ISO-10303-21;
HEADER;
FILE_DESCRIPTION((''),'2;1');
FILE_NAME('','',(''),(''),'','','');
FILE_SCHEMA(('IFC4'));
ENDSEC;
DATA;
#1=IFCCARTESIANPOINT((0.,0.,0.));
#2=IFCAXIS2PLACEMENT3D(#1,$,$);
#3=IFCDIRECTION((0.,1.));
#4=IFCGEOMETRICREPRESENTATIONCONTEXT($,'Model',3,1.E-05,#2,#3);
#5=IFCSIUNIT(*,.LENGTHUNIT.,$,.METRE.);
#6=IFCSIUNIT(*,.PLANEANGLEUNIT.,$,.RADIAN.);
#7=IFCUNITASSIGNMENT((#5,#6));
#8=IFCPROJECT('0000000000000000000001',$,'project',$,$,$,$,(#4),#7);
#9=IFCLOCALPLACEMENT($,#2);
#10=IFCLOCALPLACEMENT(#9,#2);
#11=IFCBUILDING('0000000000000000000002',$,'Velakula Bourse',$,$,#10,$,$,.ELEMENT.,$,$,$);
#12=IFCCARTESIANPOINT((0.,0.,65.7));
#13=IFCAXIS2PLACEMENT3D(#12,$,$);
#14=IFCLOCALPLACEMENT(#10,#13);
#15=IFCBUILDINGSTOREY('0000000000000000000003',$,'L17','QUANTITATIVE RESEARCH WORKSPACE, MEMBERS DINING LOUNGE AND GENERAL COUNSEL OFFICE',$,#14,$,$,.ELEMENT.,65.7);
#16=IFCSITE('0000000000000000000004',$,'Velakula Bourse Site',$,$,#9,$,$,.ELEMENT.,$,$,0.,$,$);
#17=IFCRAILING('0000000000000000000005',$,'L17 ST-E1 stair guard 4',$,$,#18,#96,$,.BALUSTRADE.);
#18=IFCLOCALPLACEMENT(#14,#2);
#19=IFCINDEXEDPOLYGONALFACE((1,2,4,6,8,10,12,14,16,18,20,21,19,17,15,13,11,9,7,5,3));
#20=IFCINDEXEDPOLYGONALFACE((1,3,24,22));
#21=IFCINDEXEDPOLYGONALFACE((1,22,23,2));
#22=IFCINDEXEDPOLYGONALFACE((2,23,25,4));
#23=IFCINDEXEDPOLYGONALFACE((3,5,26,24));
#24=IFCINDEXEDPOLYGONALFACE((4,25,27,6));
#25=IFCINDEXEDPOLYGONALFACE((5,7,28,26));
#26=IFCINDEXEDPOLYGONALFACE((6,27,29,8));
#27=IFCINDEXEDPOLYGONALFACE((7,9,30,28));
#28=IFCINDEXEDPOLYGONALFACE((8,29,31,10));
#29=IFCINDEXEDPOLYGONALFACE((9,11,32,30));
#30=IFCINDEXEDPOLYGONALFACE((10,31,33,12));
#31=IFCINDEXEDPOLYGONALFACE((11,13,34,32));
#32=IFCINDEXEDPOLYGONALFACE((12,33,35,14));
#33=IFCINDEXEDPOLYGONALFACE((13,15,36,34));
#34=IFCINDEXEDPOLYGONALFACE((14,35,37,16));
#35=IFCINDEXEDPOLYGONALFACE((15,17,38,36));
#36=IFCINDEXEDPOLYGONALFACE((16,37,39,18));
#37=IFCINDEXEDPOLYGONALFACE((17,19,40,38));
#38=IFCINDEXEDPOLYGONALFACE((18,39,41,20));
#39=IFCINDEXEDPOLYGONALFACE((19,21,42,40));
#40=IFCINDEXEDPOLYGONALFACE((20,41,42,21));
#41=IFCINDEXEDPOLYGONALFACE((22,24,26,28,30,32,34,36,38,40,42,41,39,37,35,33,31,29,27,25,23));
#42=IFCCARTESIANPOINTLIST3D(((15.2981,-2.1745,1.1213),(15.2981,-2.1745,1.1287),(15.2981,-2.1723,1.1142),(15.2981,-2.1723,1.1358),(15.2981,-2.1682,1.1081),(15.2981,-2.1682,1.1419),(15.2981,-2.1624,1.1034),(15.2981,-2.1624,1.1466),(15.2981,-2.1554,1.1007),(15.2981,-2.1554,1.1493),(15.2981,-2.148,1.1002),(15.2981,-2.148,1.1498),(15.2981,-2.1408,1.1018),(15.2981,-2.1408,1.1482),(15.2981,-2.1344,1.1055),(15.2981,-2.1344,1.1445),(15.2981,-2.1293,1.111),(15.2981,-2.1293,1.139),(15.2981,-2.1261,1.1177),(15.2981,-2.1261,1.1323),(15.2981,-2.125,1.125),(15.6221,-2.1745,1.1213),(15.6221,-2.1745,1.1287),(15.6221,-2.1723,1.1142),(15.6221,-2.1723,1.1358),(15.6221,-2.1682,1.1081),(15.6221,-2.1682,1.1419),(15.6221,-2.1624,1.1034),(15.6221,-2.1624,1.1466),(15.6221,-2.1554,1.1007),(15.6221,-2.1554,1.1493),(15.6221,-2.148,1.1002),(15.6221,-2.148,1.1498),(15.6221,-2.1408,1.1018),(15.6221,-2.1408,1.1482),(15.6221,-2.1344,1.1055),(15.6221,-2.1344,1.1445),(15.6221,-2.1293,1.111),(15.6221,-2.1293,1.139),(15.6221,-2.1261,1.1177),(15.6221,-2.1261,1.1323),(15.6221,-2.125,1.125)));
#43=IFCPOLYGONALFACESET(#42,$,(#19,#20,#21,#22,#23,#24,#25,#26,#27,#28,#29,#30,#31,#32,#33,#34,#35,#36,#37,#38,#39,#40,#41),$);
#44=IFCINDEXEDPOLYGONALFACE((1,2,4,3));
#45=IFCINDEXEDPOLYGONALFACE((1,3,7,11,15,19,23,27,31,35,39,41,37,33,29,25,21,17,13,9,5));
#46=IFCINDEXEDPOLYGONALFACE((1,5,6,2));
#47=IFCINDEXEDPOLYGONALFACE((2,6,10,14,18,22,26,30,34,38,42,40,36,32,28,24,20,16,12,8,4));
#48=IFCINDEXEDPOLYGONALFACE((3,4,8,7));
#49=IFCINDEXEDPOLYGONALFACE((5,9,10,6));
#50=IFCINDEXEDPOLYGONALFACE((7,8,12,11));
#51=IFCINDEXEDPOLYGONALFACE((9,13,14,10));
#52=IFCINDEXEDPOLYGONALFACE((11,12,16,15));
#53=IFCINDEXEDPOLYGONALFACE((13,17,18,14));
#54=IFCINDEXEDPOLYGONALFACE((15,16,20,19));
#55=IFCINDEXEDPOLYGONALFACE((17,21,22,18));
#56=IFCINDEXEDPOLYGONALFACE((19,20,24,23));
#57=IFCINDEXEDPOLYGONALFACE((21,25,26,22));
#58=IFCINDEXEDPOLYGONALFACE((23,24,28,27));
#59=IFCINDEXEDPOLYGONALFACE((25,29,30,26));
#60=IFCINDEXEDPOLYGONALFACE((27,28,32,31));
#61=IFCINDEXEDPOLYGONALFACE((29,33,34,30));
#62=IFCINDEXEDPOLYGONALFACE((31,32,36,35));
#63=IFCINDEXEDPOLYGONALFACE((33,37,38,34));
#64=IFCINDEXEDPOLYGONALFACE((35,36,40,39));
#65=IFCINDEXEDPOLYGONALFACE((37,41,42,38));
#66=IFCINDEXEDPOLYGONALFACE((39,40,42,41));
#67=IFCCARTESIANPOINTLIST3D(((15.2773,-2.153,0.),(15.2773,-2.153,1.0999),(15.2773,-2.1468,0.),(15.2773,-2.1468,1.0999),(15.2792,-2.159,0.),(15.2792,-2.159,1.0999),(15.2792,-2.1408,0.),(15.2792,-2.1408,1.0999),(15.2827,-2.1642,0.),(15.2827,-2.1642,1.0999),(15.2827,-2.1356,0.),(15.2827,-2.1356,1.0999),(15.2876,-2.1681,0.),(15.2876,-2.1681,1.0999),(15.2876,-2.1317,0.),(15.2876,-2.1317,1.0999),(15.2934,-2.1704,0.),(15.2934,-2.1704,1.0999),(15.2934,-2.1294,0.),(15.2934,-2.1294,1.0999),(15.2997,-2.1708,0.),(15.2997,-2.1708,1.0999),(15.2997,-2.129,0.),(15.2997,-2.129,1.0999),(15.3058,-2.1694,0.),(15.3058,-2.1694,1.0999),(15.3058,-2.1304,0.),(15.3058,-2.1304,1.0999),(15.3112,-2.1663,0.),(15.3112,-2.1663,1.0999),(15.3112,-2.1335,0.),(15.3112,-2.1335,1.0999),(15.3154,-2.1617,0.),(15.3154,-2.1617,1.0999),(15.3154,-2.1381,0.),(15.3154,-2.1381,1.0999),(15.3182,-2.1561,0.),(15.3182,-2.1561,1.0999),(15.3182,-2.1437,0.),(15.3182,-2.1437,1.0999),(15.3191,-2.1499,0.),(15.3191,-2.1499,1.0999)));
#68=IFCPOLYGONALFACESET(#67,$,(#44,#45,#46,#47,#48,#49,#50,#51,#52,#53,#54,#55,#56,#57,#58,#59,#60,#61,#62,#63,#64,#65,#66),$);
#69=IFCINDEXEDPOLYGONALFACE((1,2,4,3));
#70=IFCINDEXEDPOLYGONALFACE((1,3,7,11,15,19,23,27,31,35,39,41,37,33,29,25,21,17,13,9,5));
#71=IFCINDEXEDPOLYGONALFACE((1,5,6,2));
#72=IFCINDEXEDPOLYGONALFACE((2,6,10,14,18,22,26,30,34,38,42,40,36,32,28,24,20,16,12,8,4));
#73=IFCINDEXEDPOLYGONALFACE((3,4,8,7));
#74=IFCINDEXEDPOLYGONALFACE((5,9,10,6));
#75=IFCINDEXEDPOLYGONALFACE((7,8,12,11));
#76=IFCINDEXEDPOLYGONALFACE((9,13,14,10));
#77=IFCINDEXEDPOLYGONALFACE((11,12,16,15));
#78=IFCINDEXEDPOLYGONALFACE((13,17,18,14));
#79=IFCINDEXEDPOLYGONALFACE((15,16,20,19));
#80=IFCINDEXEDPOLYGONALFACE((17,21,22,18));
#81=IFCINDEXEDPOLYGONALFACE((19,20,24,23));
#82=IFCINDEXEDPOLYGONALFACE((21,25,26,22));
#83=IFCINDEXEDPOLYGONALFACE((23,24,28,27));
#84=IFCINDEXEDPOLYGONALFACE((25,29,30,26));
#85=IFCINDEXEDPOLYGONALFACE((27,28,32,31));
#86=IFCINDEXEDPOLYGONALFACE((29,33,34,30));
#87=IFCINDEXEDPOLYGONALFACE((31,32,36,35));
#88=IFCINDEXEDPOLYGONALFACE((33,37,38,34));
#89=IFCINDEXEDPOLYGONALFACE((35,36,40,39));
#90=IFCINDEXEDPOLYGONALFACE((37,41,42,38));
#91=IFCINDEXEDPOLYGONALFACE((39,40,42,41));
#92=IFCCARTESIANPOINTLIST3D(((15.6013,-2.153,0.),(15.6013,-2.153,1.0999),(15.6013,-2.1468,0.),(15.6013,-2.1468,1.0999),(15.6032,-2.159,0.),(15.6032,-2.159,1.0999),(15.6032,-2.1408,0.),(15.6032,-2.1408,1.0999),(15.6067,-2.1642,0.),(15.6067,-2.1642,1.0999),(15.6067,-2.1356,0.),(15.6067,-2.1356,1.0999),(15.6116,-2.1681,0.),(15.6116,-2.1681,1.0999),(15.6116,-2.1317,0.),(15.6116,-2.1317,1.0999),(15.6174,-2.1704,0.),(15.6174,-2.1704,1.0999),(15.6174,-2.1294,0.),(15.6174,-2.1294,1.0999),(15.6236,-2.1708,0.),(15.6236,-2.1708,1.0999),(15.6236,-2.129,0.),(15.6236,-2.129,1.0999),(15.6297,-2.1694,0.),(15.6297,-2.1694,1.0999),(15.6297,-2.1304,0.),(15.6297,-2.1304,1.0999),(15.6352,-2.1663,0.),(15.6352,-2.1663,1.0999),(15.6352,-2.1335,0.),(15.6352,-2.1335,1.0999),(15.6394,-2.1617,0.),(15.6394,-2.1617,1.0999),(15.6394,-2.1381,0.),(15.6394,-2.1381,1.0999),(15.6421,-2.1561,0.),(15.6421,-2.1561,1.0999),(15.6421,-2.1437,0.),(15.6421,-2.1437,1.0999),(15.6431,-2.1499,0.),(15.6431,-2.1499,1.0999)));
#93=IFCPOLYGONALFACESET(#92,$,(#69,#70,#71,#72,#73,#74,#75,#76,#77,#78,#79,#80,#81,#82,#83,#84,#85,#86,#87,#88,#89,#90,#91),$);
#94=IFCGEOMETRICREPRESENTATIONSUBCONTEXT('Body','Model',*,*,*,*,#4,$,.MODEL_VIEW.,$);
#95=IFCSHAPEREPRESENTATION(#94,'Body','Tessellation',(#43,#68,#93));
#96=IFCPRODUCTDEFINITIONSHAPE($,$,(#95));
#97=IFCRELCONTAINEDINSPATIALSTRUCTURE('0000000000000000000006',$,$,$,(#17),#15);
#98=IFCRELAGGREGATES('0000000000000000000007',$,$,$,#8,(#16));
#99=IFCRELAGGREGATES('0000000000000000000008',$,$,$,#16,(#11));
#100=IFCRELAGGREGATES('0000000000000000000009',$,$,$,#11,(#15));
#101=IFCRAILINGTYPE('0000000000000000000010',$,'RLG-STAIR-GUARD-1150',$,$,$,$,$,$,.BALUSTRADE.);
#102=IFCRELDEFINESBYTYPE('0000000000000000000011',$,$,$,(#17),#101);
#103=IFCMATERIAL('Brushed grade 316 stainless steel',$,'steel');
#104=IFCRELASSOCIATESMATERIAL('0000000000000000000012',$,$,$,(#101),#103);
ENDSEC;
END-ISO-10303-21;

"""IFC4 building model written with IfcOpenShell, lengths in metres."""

from ifc_helpers import new_model, si_unit, direction, frame, origin, origin_2d, place, context, subcontext, project, spatial, circle, extrude, material, type_object, element, save


model = new_model("IFC4")

# Units and contexts
model_context = context("Model", 3, precision=1e-05, world=origin(), true_north=direction((0.0, 1.0)))
body_context = subcontext(model_context, "Body", "Model", "MODEL_VIEW")
ifc_project = project(units=[si_unit("LENGTHUNIT", "METRE"), si_unit("PLANEANGLEUNIT", "RADIAN")], contexts=[model_context])

# Site, building, storey
site_placement = place(None, origin())
site = spatial("IfcSite", under=ifc_project, at=site_placement, Name="Velakula Bourse Site", CompositionType="ELEMENT", RefElevation=0.0)
building_placement = place(site_placement, origin())
building = spatial("IfcBuilding", under=site, at=building_placement, Name="Velakula Bourse", CompositionType="ELEMENT")
storey_placement = place(building_placement, frame((0.0, 0.0, 65.7)))
storey = spatial("IfcBuildingStorey", under=building, at=storey_placement, Name="L17", Description="QUANTITATIVE RESEARCH WORKSPACE, MEMBERS DINING LOUNGE AND GENERAL COUNSEL OFFICE", CompositionType="ELEMENT", Elevation=65.7)

# Shared definitions
ifc_material_1 = material(Name="Brushed grade 316 stainless steel", Category="steel")

# Railing
railing_type_1 = type_object("IfcRailingType", Name="RLG-STAIR-GUARD-1150", PredefinedType="BALUSTRADE", material=ifc_material_1)
railing_1_placement = place(storey_placement, frame((15.2981, -2.1499, 0.0)))
element("IfcRailing", 1, at=railing_1_placement, inside=storey, type_object=railing_type_1, Name="L17 ST-E1 stair guard 4", PredefinedType="BALUSTRADE", context=body_context, shape_type="SweptSolid", body=[
    extrude(circle(Radius=0.0249, at=origin_2d()), frame((0.0, 0.0, 1.125), z_axis=(1.0, 0.0, 0.0), x_axis=(0.0, 1.0, 0.0)), (0.0, 0.0, 1.0), 0.324),
    extrude(circle(Radius=0.021, at=origin_2d()), origin(), (0.0, 0.0, 1.0), 1.0999),
    extrude(circle(Radius=0.021, at=origin_2d()), frame((0.324, 0.0, 0.0)), (0.0, 0.0, 1.0), 1.0999),
])

save(model, "model.ifc")
